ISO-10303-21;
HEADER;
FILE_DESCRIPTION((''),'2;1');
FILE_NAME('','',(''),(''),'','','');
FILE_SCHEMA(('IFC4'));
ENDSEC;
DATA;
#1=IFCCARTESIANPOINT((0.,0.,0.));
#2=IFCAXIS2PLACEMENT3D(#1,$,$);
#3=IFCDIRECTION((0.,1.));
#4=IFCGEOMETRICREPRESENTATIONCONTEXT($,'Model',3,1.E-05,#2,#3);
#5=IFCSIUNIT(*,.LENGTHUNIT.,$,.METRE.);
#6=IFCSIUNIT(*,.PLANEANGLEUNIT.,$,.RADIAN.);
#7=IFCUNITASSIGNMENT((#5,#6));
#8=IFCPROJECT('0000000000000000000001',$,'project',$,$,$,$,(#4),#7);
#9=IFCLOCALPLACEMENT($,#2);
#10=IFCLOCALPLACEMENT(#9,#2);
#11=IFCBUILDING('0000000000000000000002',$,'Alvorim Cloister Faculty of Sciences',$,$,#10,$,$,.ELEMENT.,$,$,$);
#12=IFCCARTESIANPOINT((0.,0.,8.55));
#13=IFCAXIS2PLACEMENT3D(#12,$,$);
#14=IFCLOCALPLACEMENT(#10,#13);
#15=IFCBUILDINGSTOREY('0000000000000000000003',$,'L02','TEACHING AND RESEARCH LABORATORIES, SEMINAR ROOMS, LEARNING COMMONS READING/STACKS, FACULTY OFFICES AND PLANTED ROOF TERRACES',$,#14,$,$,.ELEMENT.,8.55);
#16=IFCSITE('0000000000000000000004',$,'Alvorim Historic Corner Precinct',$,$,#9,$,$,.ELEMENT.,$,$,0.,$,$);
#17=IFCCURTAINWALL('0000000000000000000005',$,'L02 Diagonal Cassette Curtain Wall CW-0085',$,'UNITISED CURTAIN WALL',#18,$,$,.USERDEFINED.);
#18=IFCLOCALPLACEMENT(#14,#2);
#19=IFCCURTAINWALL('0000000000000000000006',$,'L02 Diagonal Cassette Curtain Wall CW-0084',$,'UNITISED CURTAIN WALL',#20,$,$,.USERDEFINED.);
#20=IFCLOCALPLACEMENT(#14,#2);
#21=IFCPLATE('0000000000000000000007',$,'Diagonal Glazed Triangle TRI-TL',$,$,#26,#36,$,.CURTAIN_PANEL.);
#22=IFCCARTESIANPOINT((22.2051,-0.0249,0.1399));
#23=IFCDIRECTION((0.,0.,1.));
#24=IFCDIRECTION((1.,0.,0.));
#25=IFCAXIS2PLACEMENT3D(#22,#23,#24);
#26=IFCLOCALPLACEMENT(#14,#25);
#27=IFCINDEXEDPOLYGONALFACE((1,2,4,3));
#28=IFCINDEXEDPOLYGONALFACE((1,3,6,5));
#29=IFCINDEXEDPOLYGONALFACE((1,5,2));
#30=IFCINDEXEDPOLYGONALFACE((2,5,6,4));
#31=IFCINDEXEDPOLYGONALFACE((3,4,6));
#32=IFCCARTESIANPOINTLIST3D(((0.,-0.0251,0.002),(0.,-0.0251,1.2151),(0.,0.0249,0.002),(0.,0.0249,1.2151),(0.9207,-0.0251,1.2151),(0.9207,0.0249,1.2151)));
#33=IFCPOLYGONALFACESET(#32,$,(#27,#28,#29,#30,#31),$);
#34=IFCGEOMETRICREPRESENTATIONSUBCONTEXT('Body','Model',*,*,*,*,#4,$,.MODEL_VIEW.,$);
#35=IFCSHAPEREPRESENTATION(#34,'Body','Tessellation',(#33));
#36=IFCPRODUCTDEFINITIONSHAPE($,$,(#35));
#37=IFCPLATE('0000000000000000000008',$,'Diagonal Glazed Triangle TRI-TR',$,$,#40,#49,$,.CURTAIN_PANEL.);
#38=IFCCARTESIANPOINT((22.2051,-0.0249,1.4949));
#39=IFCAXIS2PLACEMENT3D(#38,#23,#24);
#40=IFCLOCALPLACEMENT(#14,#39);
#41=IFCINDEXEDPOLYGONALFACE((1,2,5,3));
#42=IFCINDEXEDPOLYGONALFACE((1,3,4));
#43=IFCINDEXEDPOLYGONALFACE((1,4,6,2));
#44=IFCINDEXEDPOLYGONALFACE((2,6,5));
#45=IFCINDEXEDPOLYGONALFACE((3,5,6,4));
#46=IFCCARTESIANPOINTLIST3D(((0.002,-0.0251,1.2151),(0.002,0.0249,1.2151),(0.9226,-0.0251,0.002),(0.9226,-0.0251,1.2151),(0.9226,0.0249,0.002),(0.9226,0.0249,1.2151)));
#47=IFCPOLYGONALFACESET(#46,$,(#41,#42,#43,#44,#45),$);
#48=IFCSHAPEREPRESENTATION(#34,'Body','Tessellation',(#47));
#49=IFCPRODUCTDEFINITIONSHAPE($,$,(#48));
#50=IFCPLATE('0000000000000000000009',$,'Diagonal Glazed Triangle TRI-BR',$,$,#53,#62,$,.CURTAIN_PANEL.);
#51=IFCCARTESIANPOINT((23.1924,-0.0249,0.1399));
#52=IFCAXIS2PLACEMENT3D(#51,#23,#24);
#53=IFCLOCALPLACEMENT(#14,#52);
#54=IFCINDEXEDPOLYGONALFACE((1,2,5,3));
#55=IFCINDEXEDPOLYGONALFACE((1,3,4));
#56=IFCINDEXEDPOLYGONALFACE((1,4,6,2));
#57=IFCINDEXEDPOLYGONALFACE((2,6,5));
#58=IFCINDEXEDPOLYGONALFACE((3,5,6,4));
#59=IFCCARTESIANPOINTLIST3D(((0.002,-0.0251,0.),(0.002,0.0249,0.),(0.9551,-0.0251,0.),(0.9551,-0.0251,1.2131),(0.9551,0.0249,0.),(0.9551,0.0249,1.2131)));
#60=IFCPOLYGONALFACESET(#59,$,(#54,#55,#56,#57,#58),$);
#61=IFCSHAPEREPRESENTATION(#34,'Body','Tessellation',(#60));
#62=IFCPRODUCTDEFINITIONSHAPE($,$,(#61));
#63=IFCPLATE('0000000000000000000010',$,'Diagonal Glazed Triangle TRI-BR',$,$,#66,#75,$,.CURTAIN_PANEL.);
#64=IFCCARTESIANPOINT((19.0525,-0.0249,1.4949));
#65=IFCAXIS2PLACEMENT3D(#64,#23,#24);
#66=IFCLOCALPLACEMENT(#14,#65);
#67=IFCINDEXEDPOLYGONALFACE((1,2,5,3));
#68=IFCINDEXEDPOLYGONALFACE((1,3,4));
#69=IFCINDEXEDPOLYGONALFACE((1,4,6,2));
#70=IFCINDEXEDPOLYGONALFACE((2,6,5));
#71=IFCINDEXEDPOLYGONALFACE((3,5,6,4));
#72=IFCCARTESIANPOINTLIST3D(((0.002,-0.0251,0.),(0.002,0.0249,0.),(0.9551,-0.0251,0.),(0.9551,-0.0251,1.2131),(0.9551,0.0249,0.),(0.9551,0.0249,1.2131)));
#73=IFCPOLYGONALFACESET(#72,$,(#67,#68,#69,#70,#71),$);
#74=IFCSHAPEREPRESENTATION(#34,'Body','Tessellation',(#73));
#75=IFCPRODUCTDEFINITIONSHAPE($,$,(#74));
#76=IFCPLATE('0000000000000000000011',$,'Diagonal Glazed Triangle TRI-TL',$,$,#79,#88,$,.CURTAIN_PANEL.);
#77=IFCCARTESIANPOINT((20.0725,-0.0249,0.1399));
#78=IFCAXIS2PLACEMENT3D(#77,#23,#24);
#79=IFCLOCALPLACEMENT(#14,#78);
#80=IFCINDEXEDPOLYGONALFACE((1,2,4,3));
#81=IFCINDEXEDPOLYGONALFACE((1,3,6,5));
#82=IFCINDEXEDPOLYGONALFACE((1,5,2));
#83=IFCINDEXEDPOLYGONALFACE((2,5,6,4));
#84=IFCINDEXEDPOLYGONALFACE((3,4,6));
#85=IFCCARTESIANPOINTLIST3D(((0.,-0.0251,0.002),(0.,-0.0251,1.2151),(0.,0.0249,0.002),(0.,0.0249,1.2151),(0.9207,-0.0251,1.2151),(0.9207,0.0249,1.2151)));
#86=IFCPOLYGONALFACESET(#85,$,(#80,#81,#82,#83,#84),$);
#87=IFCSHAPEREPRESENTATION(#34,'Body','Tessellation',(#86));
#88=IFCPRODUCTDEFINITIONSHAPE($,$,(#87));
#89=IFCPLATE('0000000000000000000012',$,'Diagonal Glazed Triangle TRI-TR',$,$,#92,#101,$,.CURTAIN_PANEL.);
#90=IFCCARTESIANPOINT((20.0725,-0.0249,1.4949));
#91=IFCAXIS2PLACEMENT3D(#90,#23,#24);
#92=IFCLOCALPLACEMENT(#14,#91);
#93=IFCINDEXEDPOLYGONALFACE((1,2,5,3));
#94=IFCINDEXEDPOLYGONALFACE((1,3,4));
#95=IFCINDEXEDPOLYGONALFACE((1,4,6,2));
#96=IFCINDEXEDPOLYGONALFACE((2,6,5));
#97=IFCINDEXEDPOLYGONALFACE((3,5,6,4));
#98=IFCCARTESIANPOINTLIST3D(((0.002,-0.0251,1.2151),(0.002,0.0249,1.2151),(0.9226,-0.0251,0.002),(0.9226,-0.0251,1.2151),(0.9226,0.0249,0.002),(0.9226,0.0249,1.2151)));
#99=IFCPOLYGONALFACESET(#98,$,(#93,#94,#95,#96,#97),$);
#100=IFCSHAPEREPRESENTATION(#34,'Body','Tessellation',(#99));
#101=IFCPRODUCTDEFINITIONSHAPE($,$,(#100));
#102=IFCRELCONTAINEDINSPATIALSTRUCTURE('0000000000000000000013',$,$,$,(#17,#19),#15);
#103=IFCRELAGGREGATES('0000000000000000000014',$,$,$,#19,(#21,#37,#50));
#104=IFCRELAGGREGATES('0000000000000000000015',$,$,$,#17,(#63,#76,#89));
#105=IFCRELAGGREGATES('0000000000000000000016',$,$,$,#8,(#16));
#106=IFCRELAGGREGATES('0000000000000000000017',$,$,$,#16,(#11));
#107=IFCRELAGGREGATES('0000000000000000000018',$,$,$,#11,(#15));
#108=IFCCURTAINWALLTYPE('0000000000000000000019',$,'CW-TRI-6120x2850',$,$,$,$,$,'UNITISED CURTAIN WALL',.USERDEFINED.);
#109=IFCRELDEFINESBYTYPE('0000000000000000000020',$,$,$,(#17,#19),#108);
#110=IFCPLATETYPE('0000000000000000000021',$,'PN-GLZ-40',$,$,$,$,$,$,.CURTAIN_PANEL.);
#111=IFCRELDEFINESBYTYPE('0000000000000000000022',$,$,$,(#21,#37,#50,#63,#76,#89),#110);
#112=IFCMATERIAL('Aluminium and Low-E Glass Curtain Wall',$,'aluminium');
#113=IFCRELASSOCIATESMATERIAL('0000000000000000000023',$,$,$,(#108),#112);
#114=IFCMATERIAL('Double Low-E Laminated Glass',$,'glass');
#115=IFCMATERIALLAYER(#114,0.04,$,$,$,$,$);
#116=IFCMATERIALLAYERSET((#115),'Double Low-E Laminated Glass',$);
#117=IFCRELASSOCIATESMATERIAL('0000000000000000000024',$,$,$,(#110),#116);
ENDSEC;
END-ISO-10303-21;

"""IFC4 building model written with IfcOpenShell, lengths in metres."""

from ifc_helpers import new_model, si_unit, direction, frame, origin, place, context, subcontext, project, spatial, polyline, outline, extrude, material, layer, layer_set, type_object, element, aggregate, save


model = new_model("IFC4")

# Units and contexts
model_context = context("Model", 3, precision=1e-05, world=origin(), true_north=direction((0.0, 1.0)))
body_context = subcontext(model_context, "Body", "Model", "MODEL_VIEW")
ifc_project = project(units=[si_unit("LENGTHUNIT", "METRE"), si_unit("PLANEANGLEUNIT", "RADIAN")], contexts=[model_context])

# Site, building, storey
site_placement = place(None, origin())
site = spatial("IfcSite", under=ifc_project, at=site_placement, Name="Alvorim Historic Corner Precinct", CompositionType="ELEMENT", RefElevation=0.0)
building_placement = place(site_placement, origin())
building = spatial("IfcBuilding", under=site, at=building_placement, Name="Alvorim Cloister Faculty of Sciences", CompositionType="ELEMENT")
storey_placement = place(building_placement, frame((0.0, 0.0, 8.55)))
storey = spatial("IfcBuildingStorey", under=building, at=storey_placement, Name="L02", Description="TEACHING AND RESEARCH LABORATORIES, SEMINAR ROOMS, LEARNING COMMONS READING/STACKS, FACULTY OFFICES AND PLANTED ROOF TERRACES", CompositionType="ELEMENT", Elevation=8.55)

# Curtain wall
ifc_material_1 = material(Name="Aluminium and Low-E Glass Curtain Wall", Category="aluminium")
curtain_wall_type = type_object("IfcCurtainWallType", Name="CW-TRI-6120x2850", ElementType="UNITISED CURTAIN WALL", PredefinedType="USERDEFINED", material=ifc_material_1)
curtain_wall_1_placement = place(storey_placement, origin())
curtain_wall_1 = element("IfcCurtainWall", 1, at=curtain_wall_1_placement, inside=storey, type_object=curtain_wall_type, Name="L02 Diagonal Cassette Curtain Wall CW-0085", ObjectType="UNITISED CURTAIN WALL", PredefinedType="USERDEFINED")

# Curtain wall, plates
curtain_wall_2_placement = place(storey_placement, origin())
curtain_wall_2 = element("IfcCurtainWall", 2, at=curtain_wall_2_placement, inside=storey, type_object=curtain_wall_type, Name="L02 Diagonal Cassette Curtain Wall CW-0084", ObjectType="UNITISED CURTAIN WALL", PredefinedType="USERDEFINED")
ifc_material_2 = material(Name="Double Low-E Laminated Glass", Category="glass")
ifc_layer_1 = layer(ifc_material_2, 0.04)
ifc_layer_set_1 = layer_set([ifc_layer_1], Name="Double Low-E Laminated Glass")
plate_type = type_object("IfcPlateType", Name="PN-GLZ-40", PredefinedType="CURTAIN_PANEL", material=ifc_layer_set_1)
plate_1_placement = place(storey_placement, frame((22.2051, -0.0249, 0.1399), z_axis=(0.0, 0.0, 1.0), x_axis=(1.0, 0.0, 0.0)))
plate_1 = element("IfcPlate", 3, at=plate_1_placement, type_object=plate_type, Name="Diagonal Glazed Triangle TRI-TL", PredefinedType="CURTAIN_PANEL", context=body_context, shape_type="SweptSolid", body=[
    extrude(outline(polyline([(0.9207, 1.2151), (0.0, 1.2151), (0.0, 0.002), (0.9207, 1.2151)])), frame((0.0, 0.0249, 0.0), z_axis=(0.0, -1.0, 0.0), x_axis=(1.0, 0.0, 0.0)), (0.0, 0.0, 1.0), 0.05),
])
plate_2_placement = place(storey_placement, frame((22.2051, -0.0249, 1.4949), z_axis=(0.0, 0.0, 1.0), x_axis=(1.0, 0.0, 0.0)))
plate_2 = element("IfcPlate", 4, at=plate_2_placement, type_object=plate_type, Name="Diagonal Glazed Triangle TRI-TR", PredefinedType="CURTAIN_PANEL", context=body_context, shape_type="SweptSolid", body=[
    extrude(outline(polyline([(0.9226, 0.002), (0.9226, 1.2151), (0.002, 1.2151), (0.9226, 0.002)])), frame((0.0, 0.0249, 0.0), z_axis=(0.0, -1.0, 0.0), x_axis=(1.0, 0.0, 0.0)), (0.0, 0.0, 1.0), 0.05),
])
plate_3_placement = place(storey_placement, frame((23.1924, -0.0249, 0.1399), z_axis=(0.0, 0.0, 1.0), x_axis=(1.0, 0.0, 0.0)))
plate_3 = element("IfcPlate", 5, at=plate_3_placement, type_object=plate_type, Name="Diagonal Glazed Triangle TRI-BR", PredefinedType="CURTAIN_PANEL", context=body_context, shape_type="SweptSolid", body=[
    extrude(outline(polyline([(0.002, 0.0), (0.9551, 0.0), (0.9551, 1.2131), (0.002, 0.0)])), frame((0.0, 0.0249, 0.0), z_axis=(0.0, -1.0, 0.0), x_axis=(1.0, 0.0, 0.0)), (0.0, 0.0, 1.0), 0.05),
])
aggregate(curtain_wall_2, [plate_1, plate_2, plate_3])

# Plates
plate_4_placement = place(storey_placement, frame((19.0525, -0.0249, 1.4949), z_axis=(0.0, 0.0, 1.0), x_axis=(1.0, 0.0, 0.0)))
plate_4 = element("IfcPlate", 6, at=plate_4_placement, type_object=plate_type, Name="Diagonal Glazed Triangle TRI-BR", PredefinedType="CURTAIN_PANEL", context=body_context, shape_type="SweptSolid", body=[
    extrude(outline(polyline([(0.002, 0.0), (0.9551, 0.0), (0.9551, 1.2131), (0.002, 0.0)])), frame((0.0, 0.0249, 0.0), z_axis=(0.0, -1.0, 0.0), x_axis=(1.0, 0.0, 0.0)), (0.0, 0.0, 1.0), 0.05),
])
plate_5_placement = place(storey_placement, frame((20.0725, -0.0249, 0.1399), z_axis=(0.0, 0.0, 1.0), x_axis=(1.0, 0.0, 0.0)))
plate_5 = element("IfcPlate", 7, at=plate_5_placement, type_object=plate_type, Name="Diagonal Glazed Triangle TRI-TL", PredefinedType="CURTAIN_PANEL", context=body_context, shape_type="SweptSolid", body=[
    extrude(outline(polyline([(0.9207, 1.2151), (0.0, 1.2151), (0.0, 0.002), (0.9207, 1.2151)])), frame((0.0, 0.0249, 0.0), z_axis=(0.0, -1.0, 0.0), x_axis=(1.0, 0.0, 0.0)), (0.0, 0.0, 1.0), 0.05),
])
plate_6_placement = place(storey_placement, frame((20.0725, -0.0249, 1.4949), z_axis=(0.0, 0.0, 1.0), x_axis=(1.0, 0.0, 0.0)))
plate_6 = element("IfcPlate", 8, at=plate_6_placement, type_object=plate_type, Name="Diagonal Glazed Triangle TRI-TR", PredefinedType="CURTAIN_PANEL", context=body_context, shape_type="SweptSolid", body=[
    extrude(outline(polyline([(0.9226, 0.002), (0.9226, 1.2151), (0.002, 1.2151), (0.9226, 0.002)])), frame((0.0, 0.0249, 0.0), z_axis=(0.0, -1.0, 0.0), x_axis=(1.0, 0.0, 0.0)), (0.0, 0.0, 1.0), 0.05),
])
aggregate(curtain_wall_1, [plate_4, plate_5, plate_6])

save(model, "model.ifc")
